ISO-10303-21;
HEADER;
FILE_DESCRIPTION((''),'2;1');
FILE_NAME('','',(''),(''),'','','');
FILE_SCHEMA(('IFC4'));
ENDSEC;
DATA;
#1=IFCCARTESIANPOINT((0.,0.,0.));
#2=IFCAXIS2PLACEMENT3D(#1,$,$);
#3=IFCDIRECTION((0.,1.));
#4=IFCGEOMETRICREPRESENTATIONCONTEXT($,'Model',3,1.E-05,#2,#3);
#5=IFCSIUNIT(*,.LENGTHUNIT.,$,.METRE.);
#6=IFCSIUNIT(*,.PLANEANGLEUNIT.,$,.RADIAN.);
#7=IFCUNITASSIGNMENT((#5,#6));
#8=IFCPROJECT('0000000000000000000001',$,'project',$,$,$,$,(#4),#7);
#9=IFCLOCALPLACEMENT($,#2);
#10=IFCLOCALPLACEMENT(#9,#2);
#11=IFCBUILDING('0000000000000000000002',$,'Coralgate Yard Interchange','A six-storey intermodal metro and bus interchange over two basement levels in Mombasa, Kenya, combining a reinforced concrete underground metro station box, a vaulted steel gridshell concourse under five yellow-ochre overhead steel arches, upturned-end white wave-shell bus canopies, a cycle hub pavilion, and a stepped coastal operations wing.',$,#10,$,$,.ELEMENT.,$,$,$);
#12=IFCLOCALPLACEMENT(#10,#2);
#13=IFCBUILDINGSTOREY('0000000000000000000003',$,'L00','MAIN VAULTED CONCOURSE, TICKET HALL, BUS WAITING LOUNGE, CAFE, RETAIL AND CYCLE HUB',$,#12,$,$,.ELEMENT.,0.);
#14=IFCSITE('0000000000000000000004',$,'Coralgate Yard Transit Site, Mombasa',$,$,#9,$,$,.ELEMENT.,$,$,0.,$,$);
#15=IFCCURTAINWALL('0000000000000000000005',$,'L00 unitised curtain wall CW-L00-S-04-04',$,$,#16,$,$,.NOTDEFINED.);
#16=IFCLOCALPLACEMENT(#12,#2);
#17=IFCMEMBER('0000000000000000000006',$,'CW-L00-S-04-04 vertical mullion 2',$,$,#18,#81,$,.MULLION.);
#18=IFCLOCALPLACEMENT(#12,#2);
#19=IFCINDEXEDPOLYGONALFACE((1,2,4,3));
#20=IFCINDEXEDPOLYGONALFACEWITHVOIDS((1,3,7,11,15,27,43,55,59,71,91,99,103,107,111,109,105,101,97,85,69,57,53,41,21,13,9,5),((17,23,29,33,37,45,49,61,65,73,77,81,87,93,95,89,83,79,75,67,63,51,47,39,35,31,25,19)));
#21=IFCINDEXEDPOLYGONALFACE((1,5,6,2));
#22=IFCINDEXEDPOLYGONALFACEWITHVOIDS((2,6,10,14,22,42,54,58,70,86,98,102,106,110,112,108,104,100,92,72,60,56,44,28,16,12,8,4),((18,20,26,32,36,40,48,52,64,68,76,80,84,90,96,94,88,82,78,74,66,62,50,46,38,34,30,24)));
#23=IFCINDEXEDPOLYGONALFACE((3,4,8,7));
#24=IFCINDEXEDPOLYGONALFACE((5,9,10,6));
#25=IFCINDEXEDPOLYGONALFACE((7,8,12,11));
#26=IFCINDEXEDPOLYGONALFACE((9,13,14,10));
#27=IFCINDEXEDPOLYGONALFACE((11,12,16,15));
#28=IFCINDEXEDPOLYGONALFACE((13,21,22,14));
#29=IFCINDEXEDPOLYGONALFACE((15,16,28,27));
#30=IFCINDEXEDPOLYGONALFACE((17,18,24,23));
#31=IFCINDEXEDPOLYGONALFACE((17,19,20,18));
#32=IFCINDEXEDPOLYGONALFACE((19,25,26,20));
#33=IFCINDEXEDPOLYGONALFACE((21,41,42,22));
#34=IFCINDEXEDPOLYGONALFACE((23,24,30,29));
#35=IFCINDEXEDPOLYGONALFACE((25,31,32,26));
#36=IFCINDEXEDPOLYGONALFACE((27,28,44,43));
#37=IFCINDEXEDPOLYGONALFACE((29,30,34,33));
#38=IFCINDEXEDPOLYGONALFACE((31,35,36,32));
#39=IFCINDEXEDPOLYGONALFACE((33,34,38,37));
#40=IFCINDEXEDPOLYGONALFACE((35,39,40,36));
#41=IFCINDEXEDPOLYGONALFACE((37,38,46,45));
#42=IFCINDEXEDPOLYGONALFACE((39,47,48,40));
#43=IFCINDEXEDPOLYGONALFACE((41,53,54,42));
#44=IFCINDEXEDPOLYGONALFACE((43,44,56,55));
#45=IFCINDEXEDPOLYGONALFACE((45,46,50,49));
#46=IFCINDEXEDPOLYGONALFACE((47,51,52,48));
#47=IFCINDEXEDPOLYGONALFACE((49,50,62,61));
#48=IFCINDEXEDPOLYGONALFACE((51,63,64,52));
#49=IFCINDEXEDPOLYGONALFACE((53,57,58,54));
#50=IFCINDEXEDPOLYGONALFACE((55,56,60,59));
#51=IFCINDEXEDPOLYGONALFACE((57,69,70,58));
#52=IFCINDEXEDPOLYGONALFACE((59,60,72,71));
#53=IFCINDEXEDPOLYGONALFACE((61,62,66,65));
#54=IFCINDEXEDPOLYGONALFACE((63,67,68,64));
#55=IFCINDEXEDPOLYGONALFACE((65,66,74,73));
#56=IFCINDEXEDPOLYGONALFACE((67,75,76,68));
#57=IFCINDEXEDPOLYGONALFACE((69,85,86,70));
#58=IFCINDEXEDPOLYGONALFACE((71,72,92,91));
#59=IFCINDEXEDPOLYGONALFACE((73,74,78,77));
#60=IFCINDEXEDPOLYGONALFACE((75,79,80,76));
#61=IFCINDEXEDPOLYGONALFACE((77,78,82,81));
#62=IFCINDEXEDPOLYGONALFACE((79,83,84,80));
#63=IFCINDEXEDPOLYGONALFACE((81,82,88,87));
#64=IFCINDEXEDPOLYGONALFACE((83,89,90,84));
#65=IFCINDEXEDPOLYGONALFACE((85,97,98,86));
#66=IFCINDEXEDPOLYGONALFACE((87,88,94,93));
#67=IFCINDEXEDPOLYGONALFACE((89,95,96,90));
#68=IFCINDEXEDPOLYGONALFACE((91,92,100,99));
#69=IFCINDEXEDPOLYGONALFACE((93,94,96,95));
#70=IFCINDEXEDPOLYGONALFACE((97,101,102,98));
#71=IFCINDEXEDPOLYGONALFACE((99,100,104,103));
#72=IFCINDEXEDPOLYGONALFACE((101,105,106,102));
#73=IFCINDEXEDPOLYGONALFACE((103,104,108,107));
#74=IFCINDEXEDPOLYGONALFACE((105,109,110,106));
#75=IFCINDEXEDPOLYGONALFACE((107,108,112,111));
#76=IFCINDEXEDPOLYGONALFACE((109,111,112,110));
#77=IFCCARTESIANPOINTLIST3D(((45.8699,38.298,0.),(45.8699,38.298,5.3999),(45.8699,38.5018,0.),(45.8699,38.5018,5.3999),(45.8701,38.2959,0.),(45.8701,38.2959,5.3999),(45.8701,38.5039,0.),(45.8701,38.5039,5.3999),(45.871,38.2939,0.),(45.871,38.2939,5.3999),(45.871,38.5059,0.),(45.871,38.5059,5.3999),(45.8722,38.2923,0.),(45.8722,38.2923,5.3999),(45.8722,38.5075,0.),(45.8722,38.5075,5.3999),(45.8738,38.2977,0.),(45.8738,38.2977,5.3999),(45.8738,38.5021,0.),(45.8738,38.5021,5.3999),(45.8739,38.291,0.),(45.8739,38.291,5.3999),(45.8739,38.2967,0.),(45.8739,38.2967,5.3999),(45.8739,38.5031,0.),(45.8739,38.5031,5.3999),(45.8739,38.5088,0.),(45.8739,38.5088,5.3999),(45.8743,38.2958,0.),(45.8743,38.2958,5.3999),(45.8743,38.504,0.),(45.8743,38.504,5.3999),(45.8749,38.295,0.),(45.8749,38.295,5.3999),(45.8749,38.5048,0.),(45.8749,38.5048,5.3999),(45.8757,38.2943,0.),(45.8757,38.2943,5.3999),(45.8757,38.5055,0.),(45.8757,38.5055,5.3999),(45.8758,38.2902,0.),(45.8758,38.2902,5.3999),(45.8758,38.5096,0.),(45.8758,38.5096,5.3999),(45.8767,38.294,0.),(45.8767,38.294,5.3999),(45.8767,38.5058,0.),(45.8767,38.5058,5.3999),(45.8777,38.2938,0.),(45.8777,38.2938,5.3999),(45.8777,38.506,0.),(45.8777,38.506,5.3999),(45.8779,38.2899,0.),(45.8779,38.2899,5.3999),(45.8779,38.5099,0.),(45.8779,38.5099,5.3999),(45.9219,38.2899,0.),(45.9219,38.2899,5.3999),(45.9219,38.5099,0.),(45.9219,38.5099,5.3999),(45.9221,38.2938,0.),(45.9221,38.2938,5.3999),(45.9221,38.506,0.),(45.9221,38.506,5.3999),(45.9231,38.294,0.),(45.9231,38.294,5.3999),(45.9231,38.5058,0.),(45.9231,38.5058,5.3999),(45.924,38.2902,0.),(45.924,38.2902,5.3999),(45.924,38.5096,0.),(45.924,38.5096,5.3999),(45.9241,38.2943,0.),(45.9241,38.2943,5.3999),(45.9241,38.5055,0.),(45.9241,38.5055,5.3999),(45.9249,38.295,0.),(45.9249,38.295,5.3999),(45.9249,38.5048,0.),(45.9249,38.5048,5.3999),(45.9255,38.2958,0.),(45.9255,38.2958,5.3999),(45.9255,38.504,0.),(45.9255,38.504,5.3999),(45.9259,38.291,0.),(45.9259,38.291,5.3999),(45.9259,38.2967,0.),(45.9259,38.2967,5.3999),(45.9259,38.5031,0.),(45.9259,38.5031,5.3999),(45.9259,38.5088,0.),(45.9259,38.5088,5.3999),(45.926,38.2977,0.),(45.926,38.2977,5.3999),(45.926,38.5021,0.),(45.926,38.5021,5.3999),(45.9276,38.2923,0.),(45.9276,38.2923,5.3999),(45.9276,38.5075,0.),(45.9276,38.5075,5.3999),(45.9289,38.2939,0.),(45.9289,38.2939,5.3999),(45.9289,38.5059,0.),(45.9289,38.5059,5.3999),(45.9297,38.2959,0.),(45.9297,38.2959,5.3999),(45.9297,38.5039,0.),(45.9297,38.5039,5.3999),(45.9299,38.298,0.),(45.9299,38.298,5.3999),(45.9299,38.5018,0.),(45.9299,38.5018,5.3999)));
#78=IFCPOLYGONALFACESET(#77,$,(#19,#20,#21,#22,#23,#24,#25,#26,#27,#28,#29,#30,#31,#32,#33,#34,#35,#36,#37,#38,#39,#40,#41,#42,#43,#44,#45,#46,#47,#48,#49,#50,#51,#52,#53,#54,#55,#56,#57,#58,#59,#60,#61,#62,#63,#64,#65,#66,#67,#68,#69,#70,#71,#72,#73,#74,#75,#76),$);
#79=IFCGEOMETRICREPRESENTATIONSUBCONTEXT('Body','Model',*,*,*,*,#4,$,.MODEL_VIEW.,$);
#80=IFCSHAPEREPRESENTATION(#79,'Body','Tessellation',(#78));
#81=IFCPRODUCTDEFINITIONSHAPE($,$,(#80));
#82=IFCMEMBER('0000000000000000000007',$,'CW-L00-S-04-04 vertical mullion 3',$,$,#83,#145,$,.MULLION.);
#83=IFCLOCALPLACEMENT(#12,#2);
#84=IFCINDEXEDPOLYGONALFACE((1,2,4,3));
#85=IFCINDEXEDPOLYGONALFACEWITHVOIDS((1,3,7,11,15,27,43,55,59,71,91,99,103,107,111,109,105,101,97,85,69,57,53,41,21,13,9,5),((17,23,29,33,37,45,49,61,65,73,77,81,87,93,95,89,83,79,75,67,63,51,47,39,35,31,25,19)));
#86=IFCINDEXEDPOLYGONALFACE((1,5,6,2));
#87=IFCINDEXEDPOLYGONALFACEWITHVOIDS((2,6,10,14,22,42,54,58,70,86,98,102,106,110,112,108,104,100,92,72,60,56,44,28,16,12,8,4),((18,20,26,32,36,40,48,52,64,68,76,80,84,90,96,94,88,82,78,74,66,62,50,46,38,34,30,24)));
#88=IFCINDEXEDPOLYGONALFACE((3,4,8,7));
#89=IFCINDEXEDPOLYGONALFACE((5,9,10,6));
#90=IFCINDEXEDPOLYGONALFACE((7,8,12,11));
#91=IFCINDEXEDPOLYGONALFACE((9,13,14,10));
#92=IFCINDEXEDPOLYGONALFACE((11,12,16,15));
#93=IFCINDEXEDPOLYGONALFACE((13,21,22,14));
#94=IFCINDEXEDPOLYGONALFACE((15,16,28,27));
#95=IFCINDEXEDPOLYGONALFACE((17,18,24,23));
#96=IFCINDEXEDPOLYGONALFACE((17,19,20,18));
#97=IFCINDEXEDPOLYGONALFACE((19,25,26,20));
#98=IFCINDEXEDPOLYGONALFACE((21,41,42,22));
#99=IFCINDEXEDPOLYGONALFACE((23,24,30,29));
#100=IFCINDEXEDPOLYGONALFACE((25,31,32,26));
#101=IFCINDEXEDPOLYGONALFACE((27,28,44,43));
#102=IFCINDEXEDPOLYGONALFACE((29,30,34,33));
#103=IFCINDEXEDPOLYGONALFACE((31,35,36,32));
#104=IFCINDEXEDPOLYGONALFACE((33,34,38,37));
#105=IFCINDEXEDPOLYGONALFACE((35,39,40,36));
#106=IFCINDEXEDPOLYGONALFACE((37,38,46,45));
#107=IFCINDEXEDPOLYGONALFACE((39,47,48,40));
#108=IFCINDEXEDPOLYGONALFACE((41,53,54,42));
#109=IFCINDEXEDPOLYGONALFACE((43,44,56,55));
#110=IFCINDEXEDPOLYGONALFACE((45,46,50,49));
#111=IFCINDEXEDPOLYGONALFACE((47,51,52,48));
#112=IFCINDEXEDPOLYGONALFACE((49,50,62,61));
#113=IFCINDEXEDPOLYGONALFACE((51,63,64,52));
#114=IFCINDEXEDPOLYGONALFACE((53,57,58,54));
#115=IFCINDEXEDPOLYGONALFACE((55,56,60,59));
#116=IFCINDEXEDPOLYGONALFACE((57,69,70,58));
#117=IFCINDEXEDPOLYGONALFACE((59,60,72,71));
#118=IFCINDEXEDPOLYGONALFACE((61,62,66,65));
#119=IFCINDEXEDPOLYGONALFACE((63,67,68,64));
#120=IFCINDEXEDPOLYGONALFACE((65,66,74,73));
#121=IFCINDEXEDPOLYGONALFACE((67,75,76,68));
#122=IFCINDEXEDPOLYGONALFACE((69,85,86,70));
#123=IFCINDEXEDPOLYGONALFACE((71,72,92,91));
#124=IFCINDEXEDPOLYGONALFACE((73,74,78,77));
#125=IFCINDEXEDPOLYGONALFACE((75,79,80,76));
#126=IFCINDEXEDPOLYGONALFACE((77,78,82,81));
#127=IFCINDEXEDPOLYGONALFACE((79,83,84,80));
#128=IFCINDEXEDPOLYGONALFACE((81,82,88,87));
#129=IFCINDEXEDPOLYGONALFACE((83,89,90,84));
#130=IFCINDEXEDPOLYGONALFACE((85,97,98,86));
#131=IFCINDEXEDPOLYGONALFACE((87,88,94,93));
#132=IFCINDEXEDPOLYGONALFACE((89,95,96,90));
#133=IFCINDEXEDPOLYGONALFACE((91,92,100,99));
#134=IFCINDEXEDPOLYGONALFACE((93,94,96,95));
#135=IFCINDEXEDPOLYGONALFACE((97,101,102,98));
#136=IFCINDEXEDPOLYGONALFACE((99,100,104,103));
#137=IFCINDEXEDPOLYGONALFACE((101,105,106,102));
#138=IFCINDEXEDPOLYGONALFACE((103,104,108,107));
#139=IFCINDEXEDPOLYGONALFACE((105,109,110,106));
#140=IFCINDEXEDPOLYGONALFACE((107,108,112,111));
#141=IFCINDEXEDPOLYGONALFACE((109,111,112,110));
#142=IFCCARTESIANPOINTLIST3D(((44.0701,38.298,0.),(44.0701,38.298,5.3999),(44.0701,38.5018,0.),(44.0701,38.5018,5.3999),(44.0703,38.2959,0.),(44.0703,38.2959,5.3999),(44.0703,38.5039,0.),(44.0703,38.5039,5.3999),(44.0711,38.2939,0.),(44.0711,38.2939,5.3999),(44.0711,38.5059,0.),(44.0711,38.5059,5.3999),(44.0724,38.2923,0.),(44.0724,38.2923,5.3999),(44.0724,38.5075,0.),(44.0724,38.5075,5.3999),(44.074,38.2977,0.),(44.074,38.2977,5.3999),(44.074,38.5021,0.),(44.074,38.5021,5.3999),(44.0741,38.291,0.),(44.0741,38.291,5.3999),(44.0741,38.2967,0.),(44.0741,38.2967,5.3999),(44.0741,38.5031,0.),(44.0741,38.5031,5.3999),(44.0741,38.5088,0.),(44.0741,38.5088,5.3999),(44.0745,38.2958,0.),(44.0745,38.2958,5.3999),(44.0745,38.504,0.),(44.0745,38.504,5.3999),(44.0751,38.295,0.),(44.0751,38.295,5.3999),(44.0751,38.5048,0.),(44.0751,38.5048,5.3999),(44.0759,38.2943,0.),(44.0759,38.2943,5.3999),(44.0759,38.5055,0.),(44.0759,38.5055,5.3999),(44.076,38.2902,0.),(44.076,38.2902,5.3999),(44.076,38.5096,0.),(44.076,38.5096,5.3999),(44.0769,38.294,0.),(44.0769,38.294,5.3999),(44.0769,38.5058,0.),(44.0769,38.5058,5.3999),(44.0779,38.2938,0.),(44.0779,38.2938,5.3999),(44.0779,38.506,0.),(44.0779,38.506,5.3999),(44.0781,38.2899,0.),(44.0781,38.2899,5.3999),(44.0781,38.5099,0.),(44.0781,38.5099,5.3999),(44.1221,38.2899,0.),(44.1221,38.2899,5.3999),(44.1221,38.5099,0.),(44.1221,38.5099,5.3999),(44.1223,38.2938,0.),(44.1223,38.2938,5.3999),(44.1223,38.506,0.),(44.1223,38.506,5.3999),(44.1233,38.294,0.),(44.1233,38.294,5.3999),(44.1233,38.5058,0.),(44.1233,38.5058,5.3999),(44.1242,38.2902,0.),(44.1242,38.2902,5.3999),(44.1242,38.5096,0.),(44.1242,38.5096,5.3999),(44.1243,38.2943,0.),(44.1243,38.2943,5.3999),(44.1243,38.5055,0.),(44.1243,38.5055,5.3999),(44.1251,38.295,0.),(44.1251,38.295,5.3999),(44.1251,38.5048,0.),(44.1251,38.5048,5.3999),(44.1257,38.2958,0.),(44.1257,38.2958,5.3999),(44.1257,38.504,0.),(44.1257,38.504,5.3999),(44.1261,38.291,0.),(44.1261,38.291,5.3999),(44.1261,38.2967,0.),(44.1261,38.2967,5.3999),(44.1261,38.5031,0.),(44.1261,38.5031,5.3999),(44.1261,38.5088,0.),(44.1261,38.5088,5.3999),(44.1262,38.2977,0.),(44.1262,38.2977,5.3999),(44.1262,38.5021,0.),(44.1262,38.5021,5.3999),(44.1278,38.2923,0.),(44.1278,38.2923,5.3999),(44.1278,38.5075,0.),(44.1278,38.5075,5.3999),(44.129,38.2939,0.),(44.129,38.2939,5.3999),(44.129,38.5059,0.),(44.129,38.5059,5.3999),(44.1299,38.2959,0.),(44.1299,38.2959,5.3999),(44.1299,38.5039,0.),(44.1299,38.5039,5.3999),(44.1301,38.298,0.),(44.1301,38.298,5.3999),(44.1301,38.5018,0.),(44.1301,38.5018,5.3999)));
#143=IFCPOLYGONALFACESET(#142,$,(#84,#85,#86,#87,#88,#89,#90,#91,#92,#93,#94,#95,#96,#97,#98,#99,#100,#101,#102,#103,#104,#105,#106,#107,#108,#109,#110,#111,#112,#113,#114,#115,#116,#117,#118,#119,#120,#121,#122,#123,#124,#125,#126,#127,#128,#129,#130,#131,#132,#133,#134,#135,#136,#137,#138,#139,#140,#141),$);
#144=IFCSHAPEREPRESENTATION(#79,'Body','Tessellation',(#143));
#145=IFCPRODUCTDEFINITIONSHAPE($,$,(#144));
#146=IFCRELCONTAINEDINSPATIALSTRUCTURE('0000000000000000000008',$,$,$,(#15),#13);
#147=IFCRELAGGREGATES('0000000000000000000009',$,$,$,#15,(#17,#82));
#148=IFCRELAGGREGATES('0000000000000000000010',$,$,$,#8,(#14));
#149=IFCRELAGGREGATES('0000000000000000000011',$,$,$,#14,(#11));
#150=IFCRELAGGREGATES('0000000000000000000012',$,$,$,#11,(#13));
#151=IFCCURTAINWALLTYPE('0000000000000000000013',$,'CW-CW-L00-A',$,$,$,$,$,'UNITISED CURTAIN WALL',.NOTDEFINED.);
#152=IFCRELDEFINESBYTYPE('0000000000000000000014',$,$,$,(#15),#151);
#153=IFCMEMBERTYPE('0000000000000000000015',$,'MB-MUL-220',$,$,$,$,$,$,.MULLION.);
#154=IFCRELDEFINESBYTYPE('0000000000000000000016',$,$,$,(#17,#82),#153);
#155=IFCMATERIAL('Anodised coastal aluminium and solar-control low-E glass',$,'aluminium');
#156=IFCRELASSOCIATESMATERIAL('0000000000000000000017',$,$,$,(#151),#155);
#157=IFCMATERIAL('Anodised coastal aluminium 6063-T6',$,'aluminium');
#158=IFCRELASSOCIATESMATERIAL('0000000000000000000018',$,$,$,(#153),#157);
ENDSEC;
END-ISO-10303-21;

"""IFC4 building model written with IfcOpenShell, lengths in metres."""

from ifc_helpers import new_model, si_unit, direction, frame, origin, origin_2d, place, context, subcontext, project, spatial, hollow_rectangle, extrude, material, material_profile, profile_set, type_object, element, aggregate, save


model = new_model("IFC4")

# Units and contexts
model_context = context("Model", 3, precision=1e-05, world=origin(), true_north=direction((0.0, 1.0)))
body_context = subcontext(model_context, "Body", "Model", "MODEL_VIEW")
ifc_project = project(units=[si_unit("LENGTHUNIT", "METRE"), si_unit("PLANEANGLEUNIT", "RADIAN")], contexts=[model_context])

# Site, building, storey
site_placement = place(None, origin())
site = spatial("IfcSite", under=ifc_project, at=site_placement, Name="Coralgate Yard Transit Site, Mombasa", CompositionType="ELEMENT", RefElevation=0.0)
building_placement = place(site_placement, origin())
building = spatial("IfcBuilding", under=site, at=building_placement, Name="Coralgate Yard Interchange", Description="A six-storey intermodal metro and bus interchange over two basement levels in Mombasa, Kenya, combining a reinforced concrete underground metro station box, a vaulted steel gridshell concourse under five yellow-ochre overhead steel arches, upturned-end white wave-shell bus canopies, a cycle hub pavilion, and a stepped coastal operations wing.", CompositionType="ELEMENT")
storey_placement = place(building_placement, origin())
storey = spatial("IfcBuildingStorey", under=building, at=storey_placement, Name="L00", Description="MAIN VAULTED CONCOURSE, TICKET HALL, BUS WAITING LOUNGE, CAFE, RETAIL AND CYCLE HUB", CompositionType="ELEMENT", Elevation=0.0)

# Curtain wall, members
ifc_material_1 = material(Name="Anodised coastal aluminium and solar-control low-E glass", Category="aluminium")
curtain_wall_type = type_object("IfcCurtainWallType", Name="CW-CW-L00-A", ElementType="UNITISED CURTAIN WALL", PredefinedType="NOTDEFINED", material=ifc_material_1)
curtain_wall_placement = place(storey_placement, origin())
curtain_wall = element("IfcCurtainWall", 1, at=curtain_wall_placement, inside=storey, type_object=curtain_wall_type, Name="L00 unitised curtain wall CW-L00-S-04-04", PredefinedType="NOTDEFINED")
ifc_material_2 = material(Name="Anodised coastal aluminium 6063-T6", Category="aluminium")
ifc_material_profile_1 = material_profile(ifc_material_2, hollow_rectangle(XDim=0.0601, YDim=0.22, WallThickness=0.0039, InnerFilletRadius=0.0039, OuterFilletRadius=0.0081, at=origin_2d()), Name="ALU 60x220x4")
ifc_profile_set_1 = profile_set([ifc_material_profile_1], Name="Anodised coastal aluminium 6063-T6")
member_type_1 = type_object("IfcMemberType", Name="MB-MUL-220", PredefinedType="MULLION", material=ifc_profile_set_1)
member_1_placement = place(storey_placement, frame((45.8999, 38.3999, 0.0), z_axis=(0.0, 0.0, 1.0), x_axis=(1.0, 0.0, 0.0)))
member_1 = element("IfcMember", 2, at=member_1_placement, type_object=member_type_1, Name="CW-L00-S-04-04 vertical mullion 2", PredefinedType="MULLION", context=body_context, shape_type="SweptSolid", body=[
    extrude(hollow_rectangle(XDim=0.0601, YDim=0.22, WallThickness=0.0039, InnerFilletRadius=0.0039, OuterFilletRadius=0.0081, at=origin_2d()), origin(), (0.0, 0.0, 1.0), 5.3999),
])
member_2_placement = place(storey_placement, frame((44.1001, 38.3999, 0.0), z_axis=(0.0, 0.0, 1.0), x_axis=(1.0, 0.0, 0.0)))
member_2 = element("IfcMember", 3, at=member_2_placement, type_object=member_type_1, Name="CW-L00-S-04-04 vertical mullion 3", PredefinedType="MULLION", context=body_context, shape_type="SweptSolid", body=[
    extrude(hollow_rectangle(XDim=0.0601, YDim=0.22, WallThickness=0.0039, InnerFilletRadius=0.0039, OuterFilletRadius=0.0081, at=origin_2d()), origin(), (0.0, 0.0, 1.0), 5.3999),
])
aggregate(curtain_wall, [member_1, member_2])

save(model, "model.ifc")
